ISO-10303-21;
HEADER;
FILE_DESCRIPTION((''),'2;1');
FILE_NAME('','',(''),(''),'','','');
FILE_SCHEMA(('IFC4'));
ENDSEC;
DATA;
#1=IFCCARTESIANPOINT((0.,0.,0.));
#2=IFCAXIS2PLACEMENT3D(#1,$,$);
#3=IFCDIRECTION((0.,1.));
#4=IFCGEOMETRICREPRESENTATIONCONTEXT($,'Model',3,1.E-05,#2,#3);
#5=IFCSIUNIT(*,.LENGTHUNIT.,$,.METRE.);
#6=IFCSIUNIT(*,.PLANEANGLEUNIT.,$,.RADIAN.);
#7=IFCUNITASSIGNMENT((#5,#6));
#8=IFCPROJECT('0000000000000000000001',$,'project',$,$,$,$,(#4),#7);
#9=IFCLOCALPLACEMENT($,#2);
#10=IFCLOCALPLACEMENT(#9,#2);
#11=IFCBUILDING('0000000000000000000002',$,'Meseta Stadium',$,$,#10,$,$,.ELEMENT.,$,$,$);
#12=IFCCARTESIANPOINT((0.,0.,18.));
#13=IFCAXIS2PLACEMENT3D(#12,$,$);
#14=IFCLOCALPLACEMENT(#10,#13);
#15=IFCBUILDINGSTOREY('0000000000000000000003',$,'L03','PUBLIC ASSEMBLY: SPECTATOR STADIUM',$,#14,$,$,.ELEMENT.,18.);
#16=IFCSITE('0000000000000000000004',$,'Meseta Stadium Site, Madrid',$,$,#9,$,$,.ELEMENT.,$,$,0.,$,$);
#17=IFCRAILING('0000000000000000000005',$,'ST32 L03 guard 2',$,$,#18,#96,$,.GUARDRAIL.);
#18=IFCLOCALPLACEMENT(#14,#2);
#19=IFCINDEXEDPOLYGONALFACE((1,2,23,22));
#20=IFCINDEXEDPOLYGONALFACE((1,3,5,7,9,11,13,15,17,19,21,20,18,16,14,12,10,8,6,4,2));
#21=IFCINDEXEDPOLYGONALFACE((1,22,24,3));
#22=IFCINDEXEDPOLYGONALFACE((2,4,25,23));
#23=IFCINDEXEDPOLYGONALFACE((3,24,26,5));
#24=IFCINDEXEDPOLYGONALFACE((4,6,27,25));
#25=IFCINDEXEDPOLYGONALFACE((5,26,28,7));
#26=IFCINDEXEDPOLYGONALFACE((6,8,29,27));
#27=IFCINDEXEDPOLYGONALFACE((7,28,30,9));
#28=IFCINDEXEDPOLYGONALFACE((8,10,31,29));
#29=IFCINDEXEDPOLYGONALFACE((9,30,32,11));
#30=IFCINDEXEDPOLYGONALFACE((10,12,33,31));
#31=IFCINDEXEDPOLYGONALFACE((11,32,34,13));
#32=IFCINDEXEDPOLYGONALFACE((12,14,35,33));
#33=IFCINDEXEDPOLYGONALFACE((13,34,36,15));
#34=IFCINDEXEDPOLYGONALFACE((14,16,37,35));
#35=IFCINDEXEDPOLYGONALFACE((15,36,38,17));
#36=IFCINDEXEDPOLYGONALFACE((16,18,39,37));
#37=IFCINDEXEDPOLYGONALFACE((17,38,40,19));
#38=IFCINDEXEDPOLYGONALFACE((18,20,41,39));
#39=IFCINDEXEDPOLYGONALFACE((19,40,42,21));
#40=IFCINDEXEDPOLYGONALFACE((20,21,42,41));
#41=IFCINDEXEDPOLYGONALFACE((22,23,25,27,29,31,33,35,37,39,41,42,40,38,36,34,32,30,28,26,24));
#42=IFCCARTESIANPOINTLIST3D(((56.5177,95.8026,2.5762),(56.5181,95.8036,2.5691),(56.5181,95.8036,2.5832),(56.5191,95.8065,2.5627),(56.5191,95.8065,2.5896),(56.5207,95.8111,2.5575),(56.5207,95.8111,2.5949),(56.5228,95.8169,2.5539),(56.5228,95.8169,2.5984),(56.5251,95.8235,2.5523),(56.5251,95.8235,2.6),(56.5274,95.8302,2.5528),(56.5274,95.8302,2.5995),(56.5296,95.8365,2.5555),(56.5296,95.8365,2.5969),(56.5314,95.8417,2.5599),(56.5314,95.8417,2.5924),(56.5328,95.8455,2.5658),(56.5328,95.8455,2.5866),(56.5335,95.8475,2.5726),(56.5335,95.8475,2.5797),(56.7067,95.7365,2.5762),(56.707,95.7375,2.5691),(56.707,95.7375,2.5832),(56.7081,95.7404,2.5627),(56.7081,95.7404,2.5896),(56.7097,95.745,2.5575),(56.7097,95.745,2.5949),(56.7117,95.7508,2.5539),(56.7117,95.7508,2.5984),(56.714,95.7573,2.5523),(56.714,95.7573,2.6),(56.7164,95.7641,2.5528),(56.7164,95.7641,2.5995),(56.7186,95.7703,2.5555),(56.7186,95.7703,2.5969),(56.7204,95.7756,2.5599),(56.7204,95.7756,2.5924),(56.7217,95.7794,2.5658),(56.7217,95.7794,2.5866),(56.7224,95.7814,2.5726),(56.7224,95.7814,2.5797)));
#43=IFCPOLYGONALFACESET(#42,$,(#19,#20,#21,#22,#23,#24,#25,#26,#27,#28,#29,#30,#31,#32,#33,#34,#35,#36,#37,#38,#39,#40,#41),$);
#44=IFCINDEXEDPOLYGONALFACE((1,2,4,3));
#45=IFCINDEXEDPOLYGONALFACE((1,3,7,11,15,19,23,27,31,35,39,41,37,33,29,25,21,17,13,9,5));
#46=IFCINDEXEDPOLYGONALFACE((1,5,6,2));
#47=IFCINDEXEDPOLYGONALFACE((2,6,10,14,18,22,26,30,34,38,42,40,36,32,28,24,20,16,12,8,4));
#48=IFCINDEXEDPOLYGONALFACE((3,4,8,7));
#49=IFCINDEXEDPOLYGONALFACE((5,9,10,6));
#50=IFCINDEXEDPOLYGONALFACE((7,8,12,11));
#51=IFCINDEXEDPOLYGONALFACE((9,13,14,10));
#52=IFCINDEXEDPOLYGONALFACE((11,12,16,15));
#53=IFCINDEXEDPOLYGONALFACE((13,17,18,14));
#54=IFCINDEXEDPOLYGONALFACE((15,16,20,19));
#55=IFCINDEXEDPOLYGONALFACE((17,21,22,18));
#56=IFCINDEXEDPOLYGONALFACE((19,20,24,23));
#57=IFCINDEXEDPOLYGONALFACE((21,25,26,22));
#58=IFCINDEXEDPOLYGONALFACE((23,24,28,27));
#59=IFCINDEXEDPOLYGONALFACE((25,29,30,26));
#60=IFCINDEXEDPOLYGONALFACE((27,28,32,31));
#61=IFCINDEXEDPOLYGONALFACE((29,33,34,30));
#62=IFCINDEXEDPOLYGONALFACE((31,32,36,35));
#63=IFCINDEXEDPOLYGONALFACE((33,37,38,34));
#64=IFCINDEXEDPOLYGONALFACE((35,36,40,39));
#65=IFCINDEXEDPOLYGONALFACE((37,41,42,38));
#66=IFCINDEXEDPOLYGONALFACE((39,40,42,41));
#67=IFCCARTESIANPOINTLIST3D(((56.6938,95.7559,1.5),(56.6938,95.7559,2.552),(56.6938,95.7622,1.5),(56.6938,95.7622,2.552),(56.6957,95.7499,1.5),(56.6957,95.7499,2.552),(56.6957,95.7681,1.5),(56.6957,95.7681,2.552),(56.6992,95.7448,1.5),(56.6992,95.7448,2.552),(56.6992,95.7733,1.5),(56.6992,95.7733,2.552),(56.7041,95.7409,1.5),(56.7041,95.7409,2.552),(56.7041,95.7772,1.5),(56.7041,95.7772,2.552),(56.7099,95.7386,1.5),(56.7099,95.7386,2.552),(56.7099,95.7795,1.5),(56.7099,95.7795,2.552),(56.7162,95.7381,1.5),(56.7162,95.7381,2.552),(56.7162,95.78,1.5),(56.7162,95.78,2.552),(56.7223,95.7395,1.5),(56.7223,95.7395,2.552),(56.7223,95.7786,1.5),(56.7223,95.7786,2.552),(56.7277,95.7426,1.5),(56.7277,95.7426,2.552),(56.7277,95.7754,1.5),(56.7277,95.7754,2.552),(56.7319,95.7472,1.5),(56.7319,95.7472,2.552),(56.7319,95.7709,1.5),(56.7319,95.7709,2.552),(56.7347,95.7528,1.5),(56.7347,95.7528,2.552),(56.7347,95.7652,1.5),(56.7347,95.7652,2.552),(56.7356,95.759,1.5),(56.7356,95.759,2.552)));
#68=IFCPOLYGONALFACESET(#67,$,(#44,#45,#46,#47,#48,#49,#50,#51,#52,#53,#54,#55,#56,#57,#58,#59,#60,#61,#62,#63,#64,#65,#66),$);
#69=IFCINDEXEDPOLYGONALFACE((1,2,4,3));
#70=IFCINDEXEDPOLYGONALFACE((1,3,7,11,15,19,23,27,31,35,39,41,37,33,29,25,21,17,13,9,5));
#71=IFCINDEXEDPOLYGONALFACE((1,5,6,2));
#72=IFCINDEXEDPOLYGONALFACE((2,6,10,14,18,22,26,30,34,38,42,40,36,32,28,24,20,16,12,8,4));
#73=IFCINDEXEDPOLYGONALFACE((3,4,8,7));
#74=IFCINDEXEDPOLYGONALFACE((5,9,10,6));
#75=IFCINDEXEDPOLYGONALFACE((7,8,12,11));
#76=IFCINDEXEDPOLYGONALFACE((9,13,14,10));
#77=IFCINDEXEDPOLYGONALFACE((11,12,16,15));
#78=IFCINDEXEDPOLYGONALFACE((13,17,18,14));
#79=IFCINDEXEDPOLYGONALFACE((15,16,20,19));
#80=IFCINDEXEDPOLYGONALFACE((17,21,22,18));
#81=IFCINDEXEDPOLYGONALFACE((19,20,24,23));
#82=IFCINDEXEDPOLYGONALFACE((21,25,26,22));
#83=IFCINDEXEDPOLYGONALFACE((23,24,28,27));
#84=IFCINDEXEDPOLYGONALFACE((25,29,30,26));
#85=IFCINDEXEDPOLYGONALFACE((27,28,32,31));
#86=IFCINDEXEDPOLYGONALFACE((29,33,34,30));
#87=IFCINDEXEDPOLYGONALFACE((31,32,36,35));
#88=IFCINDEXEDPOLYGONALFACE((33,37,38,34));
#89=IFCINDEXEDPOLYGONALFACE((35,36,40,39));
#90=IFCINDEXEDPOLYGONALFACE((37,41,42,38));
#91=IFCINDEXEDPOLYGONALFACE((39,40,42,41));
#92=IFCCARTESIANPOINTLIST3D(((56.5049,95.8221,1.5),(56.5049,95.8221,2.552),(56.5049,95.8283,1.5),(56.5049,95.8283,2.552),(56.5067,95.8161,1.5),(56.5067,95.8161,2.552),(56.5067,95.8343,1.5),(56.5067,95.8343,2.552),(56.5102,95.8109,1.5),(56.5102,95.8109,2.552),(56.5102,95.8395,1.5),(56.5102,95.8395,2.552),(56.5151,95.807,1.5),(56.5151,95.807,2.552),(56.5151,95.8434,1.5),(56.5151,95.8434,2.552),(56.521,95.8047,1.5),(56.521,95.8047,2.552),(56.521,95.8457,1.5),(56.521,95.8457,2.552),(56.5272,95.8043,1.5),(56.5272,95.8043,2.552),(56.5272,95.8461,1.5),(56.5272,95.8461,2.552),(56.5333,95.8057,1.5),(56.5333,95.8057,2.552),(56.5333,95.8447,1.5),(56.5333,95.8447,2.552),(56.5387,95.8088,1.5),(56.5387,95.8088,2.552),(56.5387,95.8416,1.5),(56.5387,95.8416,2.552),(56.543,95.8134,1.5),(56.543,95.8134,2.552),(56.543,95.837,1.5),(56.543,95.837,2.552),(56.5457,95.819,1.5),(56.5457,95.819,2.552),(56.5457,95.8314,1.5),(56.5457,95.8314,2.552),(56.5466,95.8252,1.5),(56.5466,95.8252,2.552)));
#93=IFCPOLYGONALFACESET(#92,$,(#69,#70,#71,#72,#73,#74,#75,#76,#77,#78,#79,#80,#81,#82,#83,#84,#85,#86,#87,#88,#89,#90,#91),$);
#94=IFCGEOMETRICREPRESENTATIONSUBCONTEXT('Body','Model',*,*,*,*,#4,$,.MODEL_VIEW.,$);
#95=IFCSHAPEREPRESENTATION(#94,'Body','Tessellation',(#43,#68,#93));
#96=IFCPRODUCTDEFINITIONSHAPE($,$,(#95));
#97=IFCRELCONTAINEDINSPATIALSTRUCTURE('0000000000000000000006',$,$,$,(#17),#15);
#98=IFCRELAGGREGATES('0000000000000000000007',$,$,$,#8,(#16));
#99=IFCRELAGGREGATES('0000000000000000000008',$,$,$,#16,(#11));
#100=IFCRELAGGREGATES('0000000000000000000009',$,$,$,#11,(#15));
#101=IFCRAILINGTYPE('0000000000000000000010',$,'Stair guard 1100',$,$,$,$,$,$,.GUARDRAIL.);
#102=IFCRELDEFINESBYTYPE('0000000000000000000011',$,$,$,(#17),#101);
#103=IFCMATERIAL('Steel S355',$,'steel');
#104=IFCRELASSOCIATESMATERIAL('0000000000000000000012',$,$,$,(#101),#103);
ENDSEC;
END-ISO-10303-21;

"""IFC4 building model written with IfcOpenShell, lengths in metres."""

from ifc_helpers import new_model, si_unit, direction, frame, origin, origin_2d, place, context, subcontext, project, spatial, circle, extrude, material, type_object, element, save


model = new_model("IFC4")

# Units and contexts
model_context = context("Model", 3, precision=1e-05, world=origin(), true_north=direction((0.0, 1.0)))
body_context = subcontext(model_context, "Body", "Model", "MODEL_VIEW")
ifc_project = project(units=[si_unit("LENGTHUNIT", "METRE"), si_unit("PLANEANGLEUNIT", "RADIAN")], contexts=[model_context])

# Site, building, storey
site_placement = place(None, origin())
site = spatial("IfcSite", under=ifc_project, at=site_placement, Name="Meseta Stadium Site, Madrid", CompositionType="ELEMENT", RefElevation=0.0)
building_placement = place(site_placement, origin())
building = spatial("IfcBuilding", under=site, at=building_placement, Name="Meseta Stadium", CompositionType="ELEMENT")
storey_placement = place(building_placement, frame((0.0, 0.0, 18.0)))
storey = spatial("IfcBuildingStorey", under=building, at=storey_placement, Name="L03", Description="PUBLIC ASSEMBLY: SPECTATOR STADIUM", CompositionType="ELEMENT", Elevation=18.0)

# Railing
ifc_material_1 = material(Name="Steel S355", Category="steel")
railing_type_1 = type_object("IfcRailingType", Name="Stair guard 1100", PredefinedType="GUARDRAIL", material=ifc_material_1)
railing_1_placement = place(storey_placement, frame((56.7146, 95.759, 1.5)))
element("IfcRailing", 1, at=railing_1_placement, inside=storey, type_object=railing_type_1, Name="ST32 L03 guard 2", PredefinedType="GUARDRAIL", context=body_context, shape_type="SweptSolid", body=[
    extrude(circle(Radius=0.0239, at=origin_2d()), frame((0.0, 0.0, 1.0762), z_axis=(-0.94382, 0.330459, 0.0), x_axis=(-0.330459, -0.94382, 0.0)), (0.0, 0.0, 1.0), 0.2002),
    extrude(circle(Radius=0.021, at=origin_2d()), origin(), (0.0, 0.0, 1.0), 1.052),
    extrude(circle(Radius=0.021, at=origin_2d()), frame((-0.189, 0.0662, 0.0)), (0.0, 0.0, 1.0), 1.052),
])

save(model, "model.ifc")
